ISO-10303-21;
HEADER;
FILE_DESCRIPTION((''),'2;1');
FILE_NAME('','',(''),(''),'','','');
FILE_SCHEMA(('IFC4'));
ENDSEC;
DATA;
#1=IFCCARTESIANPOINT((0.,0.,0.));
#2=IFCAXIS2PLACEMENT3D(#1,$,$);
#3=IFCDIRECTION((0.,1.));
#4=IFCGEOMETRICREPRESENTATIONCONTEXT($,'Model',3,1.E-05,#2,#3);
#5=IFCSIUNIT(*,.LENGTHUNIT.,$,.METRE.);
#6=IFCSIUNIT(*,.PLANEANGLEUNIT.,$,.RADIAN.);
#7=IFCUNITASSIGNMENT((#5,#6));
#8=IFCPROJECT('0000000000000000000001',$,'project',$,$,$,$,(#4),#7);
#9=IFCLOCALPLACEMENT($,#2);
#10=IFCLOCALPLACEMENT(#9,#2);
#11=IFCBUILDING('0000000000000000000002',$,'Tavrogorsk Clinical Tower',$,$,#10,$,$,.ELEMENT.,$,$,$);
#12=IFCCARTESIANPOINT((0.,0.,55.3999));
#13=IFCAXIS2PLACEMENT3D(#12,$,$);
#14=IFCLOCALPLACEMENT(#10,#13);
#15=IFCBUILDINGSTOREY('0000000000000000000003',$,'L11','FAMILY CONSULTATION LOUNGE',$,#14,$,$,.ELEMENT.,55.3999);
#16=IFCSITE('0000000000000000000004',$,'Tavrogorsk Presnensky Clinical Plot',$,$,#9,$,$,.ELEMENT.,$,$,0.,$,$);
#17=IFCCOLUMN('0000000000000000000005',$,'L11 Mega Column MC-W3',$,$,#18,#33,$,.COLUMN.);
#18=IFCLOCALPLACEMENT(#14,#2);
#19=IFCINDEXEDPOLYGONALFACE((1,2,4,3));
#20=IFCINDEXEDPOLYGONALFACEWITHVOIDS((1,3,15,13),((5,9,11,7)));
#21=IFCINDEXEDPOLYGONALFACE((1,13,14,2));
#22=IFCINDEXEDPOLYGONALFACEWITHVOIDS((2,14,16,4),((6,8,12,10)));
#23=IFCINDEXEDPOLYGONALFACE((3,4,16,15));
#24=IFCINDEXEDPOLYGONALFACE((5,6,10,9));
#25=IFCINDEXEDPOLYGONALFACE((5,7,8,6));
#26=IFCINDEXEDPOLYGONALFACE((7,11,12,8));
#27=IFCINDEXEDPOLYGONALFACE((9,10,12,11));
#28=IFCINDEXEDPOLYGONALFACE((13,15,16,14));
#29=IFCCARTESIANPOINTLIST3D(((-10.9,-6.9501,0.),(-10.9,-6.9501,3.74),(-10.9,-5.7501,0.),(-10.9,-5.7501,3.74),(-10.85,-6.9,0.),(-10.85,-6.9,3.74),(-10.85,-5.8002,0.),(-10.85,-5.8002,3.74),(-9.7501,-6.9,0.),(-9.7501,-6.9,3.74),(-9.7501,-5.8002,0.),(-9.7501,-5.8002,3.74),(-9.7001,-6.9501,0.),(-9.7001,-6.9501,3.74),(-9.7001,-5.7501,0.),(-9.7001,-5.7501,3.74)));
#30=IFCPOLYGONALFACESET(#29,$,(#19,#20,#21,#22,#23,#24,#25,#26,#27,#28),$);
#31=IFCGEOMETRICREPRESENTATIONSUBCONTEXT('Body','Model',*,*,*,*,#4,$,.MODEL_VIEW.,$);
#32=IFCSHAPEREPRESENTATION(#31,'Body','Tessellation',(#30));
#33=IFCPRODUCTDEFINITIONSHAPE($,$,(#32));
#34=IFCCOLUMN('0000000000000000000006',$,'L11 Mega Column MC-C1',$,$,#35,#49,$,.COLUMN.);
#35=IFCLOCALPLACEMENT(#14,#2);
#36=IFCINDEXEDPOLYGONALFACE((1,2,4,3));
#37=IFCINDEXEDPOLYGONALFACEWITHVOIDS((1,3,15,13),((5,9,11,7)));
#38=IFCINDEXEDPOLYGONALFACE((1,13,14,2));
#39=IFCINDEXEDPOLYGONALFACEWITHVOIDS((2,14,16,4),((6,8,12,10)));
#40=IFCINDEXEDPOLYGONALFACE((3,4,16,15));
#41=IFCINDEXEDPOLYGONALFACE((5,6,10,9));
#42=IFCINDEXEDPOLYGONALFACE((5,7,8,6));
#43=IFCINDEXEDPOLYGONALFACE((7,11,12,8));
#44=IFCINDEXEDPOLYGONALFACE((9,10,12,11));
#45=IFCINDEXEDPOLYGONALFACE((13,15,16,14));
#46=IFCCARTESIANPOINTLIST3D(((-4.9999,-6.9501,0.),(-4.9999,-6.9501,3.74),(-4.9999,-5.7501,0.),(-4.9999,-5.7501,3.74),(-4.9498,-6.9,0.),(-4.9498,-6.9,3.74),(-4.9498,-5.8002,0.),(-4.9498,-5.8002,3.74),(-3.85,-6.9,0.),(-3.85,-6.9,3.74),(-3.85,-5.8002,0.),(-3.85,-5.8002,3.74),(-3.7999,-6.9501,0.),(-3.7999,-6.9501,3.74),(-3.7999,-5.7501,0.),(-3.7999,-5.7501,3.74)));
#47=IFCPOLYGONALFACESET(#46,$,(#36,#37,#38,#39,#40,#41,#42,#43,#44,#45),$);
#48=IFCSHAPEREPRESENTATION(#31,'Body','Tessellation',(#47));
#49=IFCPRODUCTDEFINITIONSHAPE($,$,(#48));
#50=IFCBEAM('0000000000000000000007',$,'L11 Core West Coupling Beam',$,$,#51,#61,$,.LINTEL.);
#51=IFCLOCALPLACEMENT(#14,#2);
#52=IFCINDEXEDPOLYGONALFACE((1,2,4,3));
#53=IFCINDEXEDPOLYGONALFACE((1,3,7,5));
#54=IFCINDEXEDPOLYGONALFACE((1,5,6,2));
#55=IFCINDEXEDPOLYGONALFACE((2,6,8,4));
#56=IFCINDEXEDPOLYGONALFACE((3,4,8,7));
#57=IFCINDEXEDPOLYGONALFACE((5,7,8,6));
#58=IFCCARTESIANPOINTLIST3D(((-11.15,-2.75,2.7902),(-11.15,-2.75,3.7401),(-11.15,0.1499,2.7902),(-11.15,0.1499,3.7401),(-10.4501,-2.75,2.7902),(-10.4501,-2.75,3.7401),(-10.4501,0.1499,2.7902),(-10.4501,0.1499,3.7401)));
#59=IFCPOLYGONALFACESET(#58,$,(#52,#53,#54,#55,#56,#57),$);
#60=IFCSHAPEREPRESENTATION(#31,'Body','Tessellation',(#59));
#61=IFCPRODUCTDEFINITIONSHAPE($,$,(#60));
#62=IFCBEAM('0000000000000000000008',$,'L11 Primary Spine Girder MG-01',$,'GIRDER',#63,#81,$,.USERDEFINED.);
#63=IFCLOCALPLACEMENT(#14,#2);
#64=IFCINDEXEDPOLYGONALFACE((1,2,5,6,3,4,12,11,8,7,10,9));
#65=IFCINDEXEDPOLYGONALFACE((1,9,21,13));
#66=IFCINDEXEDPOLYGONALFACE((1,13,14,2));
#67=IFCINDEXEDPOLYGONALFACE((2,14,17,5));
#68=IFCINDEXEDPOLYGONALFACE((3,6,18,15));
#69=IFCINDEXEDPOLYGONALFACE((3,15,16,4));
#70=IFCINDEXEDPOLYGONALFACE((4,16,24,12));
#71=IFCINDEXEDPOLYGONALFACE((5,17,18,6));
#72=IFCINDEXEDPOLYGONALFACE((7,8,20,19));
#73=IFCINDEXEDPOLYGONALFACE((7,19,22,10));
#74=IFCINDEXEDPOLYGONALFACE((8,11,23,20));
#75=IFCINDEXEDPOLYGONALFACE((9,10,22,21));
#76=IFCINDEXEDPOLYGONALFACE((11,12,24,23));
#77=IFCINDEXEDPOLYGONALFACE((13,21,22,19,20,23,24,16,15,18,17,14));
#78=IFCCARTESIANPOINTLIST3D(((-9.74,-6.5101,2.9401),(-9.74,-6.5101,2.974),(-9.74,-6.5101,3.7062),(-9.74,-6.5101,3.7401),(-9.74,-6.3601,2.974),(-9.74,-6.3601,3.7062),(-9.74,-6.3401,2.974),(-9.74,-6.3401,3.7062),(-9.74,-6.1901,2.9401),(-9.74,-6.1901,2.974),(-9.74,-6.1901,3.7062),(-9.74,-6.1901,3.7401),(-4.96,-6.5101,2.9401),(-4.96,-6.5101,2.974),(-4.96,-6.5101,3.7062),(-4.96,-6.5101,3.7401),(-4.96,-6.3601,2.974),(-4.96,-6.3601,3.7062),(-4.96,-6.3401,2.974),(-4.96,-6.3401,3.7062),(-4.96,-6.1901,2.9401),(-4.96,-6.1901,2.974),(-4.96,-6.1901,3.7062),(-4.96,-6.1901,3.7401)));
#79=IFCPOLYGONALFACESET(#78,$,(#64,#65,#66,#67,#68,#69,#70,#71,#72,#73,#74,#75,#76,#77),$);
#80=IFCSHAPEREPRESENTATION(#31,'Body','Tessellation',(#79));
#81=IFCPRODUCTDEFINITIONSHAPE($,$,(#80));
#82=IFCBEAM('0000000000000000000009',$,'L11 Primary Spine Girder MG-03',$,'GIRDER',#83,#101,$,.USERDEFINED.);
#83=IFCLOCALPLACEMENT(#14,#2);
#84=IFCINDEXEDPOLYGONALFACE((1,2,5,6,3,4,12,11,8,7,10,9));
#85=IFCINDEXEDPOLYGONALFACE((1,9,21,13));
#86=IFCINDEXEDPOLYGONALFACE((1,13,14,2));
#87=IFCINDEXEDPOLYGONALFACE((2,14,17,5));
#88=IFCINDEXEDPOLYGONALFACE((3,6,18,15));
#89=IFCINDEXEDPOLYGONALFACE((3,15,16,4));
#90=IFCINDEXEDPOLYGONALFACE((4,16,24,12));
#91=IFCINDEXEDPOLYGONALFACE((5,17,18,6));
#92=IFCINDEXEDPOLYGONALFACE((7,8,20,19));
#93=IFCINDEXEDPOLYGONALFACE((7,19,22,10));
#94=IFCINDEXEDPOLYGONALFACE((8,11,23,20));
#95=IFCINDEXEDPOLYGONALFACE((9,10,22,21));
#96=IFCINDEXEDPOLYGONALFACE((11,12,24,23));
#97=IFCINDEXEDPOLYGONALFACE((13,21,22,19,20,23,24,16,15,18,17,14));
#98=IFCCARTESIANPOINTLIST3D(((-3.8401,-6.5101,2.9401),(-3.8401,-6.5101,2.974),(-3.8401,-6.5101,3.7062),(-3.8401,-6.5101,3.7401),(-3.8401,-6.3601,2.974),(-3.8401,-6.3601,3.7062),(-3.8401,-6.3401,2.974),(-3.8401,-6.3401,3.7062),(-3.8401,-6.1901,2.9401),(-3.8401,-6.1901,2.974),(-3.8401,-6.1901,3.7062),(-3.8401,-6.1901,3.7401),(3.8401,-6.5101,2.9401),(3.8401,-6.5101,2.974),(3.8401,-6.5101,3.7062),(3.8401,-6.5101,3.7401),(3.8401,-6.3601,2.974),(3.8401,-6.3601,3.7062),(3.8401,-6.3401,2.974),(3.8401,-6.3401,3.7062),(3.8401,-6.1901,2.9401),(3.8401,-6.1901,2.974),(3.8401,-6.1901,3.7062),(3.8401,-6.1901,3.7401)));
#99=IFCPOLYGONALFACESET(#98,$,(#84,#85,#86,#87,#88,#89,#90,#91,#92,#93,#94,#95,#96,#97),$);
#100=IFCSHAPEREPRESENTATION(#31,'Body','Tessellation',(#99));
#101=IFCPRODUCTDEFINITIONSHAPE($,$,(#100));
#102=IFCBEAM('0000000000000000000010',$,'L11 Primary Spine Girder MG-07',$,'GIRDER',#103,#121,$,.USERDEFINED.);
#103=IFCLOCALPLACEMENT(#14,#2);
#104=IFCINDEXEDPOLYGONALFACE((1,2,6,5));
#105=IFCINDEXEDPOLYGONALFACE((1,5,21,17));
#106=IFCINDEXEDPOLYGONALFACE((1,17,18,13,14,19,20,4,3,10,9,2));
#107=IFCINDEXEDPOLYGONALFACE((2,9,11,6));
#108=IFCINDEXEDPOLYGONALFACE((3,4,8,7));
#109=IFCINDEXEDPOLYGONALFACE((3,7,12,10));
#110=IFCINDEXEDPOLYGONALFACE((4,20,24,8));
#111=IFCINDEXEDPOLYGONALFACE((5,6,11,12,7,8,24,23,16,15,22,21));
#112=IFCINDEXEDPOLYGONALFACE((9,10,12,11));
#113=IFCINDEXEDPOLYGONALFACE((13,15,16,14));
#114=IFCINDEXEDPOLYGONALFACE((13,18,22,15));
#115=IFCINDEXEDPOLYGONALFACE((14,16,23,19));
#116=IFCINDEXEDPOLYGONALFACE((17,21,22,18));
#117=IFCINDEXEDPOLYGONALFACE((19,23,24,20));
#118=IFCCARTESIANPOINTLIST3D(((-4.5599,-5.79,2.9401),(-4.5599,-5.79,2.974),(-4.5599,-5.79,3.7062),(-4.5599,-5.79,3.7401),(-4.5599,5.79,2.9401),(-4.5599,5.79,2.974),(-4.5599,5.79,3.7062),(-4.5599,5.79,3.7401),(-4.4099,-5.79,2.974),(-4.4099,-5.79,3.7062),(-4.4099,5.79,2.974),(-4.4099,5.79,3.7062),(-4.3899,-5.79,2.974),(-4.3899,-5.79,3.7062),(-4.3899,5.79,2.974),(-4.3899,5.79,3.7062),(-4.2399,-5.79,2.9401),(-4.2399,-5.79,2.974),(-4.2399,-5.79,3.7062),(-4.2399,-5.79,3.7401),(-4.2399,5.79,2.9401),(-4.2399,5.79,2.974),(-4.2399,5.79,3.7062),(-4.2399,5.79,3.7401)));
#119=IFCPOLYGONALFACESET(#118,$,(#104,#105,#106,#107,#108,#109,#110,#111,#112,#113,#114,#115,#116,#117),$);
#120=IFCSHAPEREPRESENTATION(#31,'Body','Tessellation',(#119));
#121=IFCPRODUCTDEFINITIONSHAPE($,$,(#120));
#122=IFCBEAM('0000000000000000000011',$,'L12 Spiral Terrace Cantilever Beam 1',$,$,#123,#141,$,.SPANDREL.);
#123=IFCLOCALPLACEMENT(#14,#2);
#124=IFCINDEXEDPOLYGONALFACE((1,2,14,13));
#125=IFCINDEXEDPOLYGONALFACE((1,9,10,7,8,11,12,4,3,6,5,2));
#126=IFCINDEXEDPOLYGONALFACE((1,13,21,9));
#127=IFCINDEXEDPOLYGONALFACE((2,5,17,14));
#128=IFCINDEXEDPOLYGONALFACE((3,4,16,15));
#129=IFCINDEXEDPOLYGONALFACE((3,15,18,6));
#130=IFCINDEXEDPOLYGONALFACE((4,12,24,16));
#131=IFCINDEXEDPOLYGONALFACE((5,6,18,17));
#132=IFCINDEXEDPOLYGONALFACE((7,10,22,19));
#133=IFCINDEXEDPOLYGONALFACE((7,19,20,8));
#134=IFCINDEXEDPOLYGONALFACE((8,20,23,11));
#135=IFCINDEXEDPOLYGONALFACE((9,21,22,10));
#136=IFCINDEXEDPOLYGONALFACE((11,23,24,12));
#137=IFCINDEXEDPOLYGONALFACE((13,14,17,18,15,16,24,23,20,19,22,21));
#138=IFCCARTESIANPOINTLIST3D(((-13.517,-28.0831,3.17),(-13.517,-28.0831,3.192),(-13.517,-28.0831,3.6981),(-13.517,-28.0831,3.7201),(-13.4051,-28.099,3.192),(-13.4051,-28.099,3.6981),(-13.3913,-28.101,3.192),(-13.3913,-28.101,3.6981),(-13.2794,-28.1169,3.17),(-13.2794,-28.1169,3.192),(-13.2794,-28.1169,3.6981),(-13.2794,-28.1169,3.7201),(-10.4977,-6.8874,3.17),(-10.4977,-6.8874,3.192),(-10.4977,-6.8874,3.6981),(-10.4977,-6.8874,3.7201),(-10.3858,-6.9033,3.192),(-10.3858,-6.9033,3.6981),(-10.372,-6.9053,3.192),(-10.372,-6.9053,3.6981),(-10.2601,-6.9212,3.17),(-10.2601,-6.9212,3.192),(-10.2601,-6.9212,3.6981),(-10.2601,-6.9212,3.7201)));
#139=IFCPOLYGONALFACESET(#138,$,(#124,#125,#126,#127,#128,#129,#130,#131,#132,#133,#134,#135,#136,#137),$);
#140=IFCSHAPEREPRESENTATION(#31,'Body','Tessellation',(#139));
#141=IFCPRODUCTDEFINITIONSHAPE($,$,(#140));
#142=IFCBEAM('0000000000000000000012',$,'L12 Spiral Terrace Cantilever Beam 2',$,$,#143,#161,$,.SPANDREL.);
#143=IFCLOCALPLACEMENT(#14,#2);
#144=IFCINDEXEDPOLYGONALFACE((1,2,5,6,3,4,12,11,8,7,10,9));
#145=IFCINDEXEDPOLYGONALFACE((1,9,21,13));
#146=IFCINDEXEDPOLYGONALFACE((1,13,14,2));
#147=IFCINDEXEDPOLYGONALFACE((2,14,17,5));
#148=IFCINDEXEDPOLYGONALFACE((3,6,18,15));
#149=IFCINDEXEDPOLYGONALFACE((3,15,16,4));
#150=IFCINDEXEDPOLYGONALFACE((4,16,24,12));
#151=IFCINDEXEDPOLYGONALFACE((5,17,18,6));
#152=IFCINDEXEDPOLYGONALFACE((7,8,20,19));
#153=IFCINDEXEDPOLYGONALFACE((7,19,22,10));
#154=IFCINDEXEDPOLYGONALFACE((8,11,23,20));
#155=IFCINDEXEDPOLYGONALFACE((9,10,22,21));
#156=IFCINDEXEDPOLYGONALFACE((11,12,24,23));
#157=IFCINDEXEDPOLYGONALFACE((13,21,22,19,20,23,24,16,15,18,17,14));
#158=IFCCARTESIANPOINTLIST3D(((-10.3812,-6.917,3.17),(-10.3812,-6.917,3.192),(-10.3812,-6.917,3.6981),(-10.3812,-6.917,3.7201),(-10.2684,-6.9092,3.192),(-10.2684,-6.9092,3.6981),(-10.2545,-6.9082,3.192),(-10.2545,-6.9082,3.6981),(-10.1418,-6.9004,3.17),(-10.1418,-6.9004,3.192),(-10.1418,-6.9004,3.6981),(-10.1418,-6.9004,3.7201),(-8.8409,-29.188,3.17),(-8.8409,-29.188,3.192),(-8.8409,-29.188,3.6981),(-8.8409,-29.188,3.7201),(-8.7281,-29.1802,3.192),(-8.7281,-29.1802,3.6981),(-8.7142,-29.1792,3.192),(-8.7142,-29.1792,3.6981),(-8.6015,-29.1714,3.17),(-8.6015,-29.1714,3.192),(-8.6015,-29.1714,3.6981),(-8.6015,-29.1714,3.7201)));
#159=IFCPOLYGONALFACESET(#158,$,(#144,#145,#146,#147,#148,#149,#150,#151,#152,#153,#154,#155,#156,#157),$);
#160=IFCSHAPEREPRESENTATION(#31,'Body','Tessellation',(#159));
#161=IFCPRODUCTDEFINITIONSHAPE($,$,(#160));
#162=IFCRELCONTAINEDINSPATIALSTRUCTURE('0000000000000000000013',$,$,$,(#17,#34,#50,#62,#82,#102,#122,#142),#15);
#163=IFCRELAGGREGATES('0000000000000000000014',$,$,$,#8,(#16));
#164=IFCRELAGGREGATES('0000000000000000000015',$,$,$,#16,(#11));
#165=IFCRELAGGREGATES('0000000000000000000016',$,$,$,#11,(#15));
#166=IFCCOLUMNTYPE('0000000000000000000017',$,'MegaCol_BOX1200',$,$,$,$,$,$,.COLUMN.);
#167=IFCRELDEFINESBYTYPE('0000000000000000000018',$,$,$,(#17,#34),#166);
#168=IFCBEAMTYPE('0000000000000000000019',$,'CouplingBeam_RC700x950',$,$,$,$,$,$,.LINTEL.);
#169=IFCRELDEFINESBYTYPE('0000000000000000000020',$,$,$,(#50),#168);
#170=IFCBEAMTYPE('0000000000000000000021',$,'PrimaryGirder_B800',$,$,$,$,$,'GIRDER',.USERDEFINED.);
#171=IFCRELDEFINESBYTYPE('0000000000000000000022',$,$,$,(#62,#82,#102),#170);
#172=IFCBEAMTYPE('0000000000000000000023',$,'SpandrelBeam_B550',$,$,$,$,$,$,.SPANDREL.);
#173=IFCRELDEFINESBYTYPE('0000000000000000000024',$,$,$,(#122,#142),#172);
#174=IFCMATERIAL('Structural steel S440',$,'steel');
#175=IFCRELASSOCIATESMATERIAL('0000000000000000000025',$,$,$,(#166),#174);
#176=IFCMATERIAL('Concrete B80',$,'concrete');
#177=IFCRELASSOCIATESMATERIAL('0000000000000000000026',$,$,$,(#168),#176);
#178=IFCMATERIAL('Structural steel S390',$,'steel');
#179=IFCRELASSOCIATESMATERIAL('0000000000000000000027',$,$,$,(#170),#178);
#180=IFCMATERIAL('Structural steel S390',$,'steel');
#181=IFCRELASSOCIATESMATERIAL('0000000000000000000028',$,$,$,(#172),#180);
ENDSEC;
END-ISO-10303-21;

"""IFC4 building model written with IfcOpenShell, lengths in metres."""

from ifc_helpers import new_model, si_unit, direction, frame, origin, origin_2d, place, context, subcontext, project, spatial, rectangle, hollow_rectangle, i_section, extrude, material, material_profile, profile_set, type_object, element, save


model = new_model("IFC4")

# Units and contexts
model_context = context("Model", 3, precision=1e-05, world=origin(), true_north=direction((0.0, 1.0)))
body_context = subcontext(model_context, "Body", "Model", "MODEL_VIEW")
ifc_project = project(units=[si_unit("LENGTHUNIT", "METRE"), si_unit("PLANEANGLEUNIT", "RADIAN")], contexts=[model_context])

# Site, building, storey
site_placement = place(None, origin())
site = spatial("IfcSite", under=ifc_project, at=site_placement, Name="Tavrogorsk Presnensky Clinical Plot", CompositionType="ELEMENT", RefElevation=0.0)
building_placement = place(site_placement, origin())
building = spatial("IfcBuilding", under=site, at=building_placement, Name="Tavrogorsk Clinical Tower", CompositionType="ELEMENT")
storey_placement = place(building_placement, frame((0.0, 0.0, 55.3999)))
storey = spatial("IfcBuildingStorey", under=building, at=storey_placement, Name="L11", Description="FAMILY CONSULTATION LOUNGE", CompositionType="ELEMENT", Elevation=55.3999)

# Columns
ifc_material_1 = material(Name="Structural steel S440", Category="steel")
ifc_material_profile_1 = material_profile(ifc_material_1, hollow_rectangle(XDim=1.2, YDim=1.2, WallThickness=0.05, at=origin_2d()), Name="BOX-1200x1200x50")
ifc_profile_set_1 = profile_set([ifc_material_profile_1], Name="Structural steel S440")
column_type = type_object("IfcColumnType", Name="MegaCol_BOX1200", PredefinedType="COLUMN", material=ifc_profile_set_1)
for number, where, z_axis, x_axis, name in (
    (1, (-10.3, -6.3501, 0.0), (0.0, 0.0, 1.0), (1.0, 0.0, 0.0), "L11 Mega Column MC-W3"),
    (2, (-4.3999, -6.3501, 0.0), (0.0, 0.0, 1.0), (1.0, 0.0, 0.0), "L11 Mega Column MC-C1"),
):
    element("IfcColumn", number, at=place(storey_placement, frame(where, z_axis=z_axis, x_axis=x_axis)), inside=storey, type_object=column_type, Name=name, PredefinedType="COLUMN", context=body_context, shape_type="SweptSolid", body=[
        extrude(hollow_rectangle(XDim=1.2, YDim=1.2, WallThickness=0.05, at=origin_2d()), origin(), (0.0, 0.0, 1.0), 3.74),
    ])

# Beams
ifc_material_2 = material(Name="Concrete B80", Category="concrete")
ifc_material_profile_2 = material_profile(ifc_material_2, rectangle(XDim=0.7, YDim=0.95, at=origin_2d()), Name="RC-CB-700x950")
ifc_profile_set_2 = profile_set([ifc_material_profile_2], Name="Concrete B80")
beam_type_1 = type_object("IfcBeamType", Name="CouplingBeam_RC700x950", PredefinedType="LINTEL", material=ifc_profile_set_2)
beam_1_placement = place(storey_placement, frame((-10.8, -2.75, 3.2651), z_axis=(0.0, 1.0, 0.0), x_axis=(-1.0, 0.0, 0.0)))
element("IfcBeam", 3, at=beam_1_placement, inside=storey, type_object=beam_type_1, Name="L11 Core West Coupling Beam", PredefinedType="LINTEL", context=body_context, shape_type="SweptSolid", body=[
    extrude(rectangle(XDim=0.7, YDim=0.95, at=origin_2d()), origin(), (0.0, 0.0, 1.0), 2.8999),
])
ifc_material_3 = material(Name="Structural steel S390", Category="steel")
ifc_material_profile_3 = material_profile(ifc_material_3, i_section(OverallWidth=0.3201, OverallDepth=0.8, WebThickness=0.02, FlangeThickness=0.0339, at=origin_2d()), Name="B-800x320x20x34")
ifc_profile_set_3 = profile_set([ifc_material_profile_3], Name="Structural steel S390")
beam_type_2 = type_object("IfcBeamType", Name="PrimaryGirder_B800", ElementType="GIRDER", PredefinedType="USERDEFINED", material=ifc_profile_set_3)
beam_2_placement = place(storey_placement, frame((-9.74, -6.3501, 3.3401), z_axis=(1.0, 0.0, 0.0), x_axis=(0.0, 1.0, 0.0)))
element("IfcBeam", 4, at=beam_2_placement, inside=storey, type_object=beam_type_2, Name="L11 Primary Spine Girder MG-01", ObjectType="GIRDER", PredefinedType="USERDEFINED", context=body_context, shape_type="SweptSolid", body=[
    extrude(i_section(OverallWidth=0.3201, OverallDepth=0.8, WebThickness=0.02, FlangeThickness=0.0339, at=origin_2d()), origin(), (0.0, 0.0, 1.0), 4.78),
])
beam_3_placement = place(storey_placement, frame((-3.8401, -6.3501, 3.3401), z_axis=(1.0, 0.0, 0.0), x_axis=(0.0, 1.0, 0.0)))
element("IfcBeam", 5, at=beam_3_placement, inside=storey, type_object=beam_type_2, Name="L11 Primary Spine Girder MG-03", ObjectType="GIRDER", PredefinedType="USERDEFINED", context=body_context, shape_type="SweptSolid", body=[
    extrude(i_section(OverallWidth=0.3201, OverallDepth=0.8, WebThickness=0.02, FlangeThickness=0.0339, at=origin_2d()), origin(), (0.0, 0.0, 1.0), 7.6802),
])
beam_4_placement = place(storey_placement, frame((-4.3999, -5.79, 3.3401), z_axis=(0.0, 1.0, 0.0), x_axis=(-1.0, 0.0, 0.0)))
element("IfcBeam", 6, at=beam_4_placement, inside=storey, type_object=beam_type_2, Name="L11 Primary Spine Girder MG-07", ObjectType="GIRDER", PredefinedType="USERDEFINED", context=body_context, shape_type="SweptSolid", body=[
    extrude(i_section(OverallWidth=0.3201, OverallDepth=0.8, WebThickness=0.02, FlangeThickness=0.0339, at=origin_2d()), origin(), (0.0, 0.0, 1.0), 11.5801),
])
ifc_material_4 = material(Name="Structural steel S390", Category="steel")
ifc_material_profile_4 = material_profile(ifc_material_4, i_section(OverallWidth=0.24, OverallDepth=0.55, WebThickness=0.0139, FlangeThickness=0.022, at=origin_2d()), Name="B-550x240x14x22")
ifc_profile_set_4 = profile_set([ifc_material_profile_4], Name="Structural steel S390")
beam_type_3 = type_object("IfcBeamType", Name="SpandrelBeam_B550", PredefinedType="SPANDREL", material=ifc_profile_set_4)
beam_5_placement = place(storey_placement, frame((-10.3789, -6.9043, 3.4451), z_axis=(-0.141024, -0.990006, 0.0), x_axis=(0.990006, -0.141024, 0.0)))
element("IfcBeam", 7, at=beam_5_placement, inside=storey, type_object=beam_type_3, Name="L12 Spiral Terrace Cantilever Beam 1", PredefinedType="SPANDREL", context=body_context, shape_type="SweptSolid", body=[
    extrude(i_section(OverallWidth=0.24, OverallDepth=0.55, WebThickness=0.0139, FlangeThickness=0.022, at=origin_2d()), origin(), (0.0, 0.0, 1.0), 21.4097),
])
beam_6_placement = place(storey_placement, frame((-10.2615, -6.9087, 3.4451), z_axis=(0.068996, -0.997617, 0.0), x_axis=(0.997617, 0.068996, 0.0)))
element("IfcBeam", 8, at=beam_6_placement, inside=storey, type_object=beam_type_3, Name="L12 Spiral Terrace Cantilever Beam 2", PredefinedType="SPANDREL", context=body_context, shape_type="SweptSolid", body=[
    extrude(i_section(OverallWidth=0.24, OverallDepth=0.55, WebThickness=0.0139, FlangeThickness=0.022, at=origin_2d()), origin(), (0.0, 0.0, 1.0), 22.3242),
])

save(model, "model.ifc")
